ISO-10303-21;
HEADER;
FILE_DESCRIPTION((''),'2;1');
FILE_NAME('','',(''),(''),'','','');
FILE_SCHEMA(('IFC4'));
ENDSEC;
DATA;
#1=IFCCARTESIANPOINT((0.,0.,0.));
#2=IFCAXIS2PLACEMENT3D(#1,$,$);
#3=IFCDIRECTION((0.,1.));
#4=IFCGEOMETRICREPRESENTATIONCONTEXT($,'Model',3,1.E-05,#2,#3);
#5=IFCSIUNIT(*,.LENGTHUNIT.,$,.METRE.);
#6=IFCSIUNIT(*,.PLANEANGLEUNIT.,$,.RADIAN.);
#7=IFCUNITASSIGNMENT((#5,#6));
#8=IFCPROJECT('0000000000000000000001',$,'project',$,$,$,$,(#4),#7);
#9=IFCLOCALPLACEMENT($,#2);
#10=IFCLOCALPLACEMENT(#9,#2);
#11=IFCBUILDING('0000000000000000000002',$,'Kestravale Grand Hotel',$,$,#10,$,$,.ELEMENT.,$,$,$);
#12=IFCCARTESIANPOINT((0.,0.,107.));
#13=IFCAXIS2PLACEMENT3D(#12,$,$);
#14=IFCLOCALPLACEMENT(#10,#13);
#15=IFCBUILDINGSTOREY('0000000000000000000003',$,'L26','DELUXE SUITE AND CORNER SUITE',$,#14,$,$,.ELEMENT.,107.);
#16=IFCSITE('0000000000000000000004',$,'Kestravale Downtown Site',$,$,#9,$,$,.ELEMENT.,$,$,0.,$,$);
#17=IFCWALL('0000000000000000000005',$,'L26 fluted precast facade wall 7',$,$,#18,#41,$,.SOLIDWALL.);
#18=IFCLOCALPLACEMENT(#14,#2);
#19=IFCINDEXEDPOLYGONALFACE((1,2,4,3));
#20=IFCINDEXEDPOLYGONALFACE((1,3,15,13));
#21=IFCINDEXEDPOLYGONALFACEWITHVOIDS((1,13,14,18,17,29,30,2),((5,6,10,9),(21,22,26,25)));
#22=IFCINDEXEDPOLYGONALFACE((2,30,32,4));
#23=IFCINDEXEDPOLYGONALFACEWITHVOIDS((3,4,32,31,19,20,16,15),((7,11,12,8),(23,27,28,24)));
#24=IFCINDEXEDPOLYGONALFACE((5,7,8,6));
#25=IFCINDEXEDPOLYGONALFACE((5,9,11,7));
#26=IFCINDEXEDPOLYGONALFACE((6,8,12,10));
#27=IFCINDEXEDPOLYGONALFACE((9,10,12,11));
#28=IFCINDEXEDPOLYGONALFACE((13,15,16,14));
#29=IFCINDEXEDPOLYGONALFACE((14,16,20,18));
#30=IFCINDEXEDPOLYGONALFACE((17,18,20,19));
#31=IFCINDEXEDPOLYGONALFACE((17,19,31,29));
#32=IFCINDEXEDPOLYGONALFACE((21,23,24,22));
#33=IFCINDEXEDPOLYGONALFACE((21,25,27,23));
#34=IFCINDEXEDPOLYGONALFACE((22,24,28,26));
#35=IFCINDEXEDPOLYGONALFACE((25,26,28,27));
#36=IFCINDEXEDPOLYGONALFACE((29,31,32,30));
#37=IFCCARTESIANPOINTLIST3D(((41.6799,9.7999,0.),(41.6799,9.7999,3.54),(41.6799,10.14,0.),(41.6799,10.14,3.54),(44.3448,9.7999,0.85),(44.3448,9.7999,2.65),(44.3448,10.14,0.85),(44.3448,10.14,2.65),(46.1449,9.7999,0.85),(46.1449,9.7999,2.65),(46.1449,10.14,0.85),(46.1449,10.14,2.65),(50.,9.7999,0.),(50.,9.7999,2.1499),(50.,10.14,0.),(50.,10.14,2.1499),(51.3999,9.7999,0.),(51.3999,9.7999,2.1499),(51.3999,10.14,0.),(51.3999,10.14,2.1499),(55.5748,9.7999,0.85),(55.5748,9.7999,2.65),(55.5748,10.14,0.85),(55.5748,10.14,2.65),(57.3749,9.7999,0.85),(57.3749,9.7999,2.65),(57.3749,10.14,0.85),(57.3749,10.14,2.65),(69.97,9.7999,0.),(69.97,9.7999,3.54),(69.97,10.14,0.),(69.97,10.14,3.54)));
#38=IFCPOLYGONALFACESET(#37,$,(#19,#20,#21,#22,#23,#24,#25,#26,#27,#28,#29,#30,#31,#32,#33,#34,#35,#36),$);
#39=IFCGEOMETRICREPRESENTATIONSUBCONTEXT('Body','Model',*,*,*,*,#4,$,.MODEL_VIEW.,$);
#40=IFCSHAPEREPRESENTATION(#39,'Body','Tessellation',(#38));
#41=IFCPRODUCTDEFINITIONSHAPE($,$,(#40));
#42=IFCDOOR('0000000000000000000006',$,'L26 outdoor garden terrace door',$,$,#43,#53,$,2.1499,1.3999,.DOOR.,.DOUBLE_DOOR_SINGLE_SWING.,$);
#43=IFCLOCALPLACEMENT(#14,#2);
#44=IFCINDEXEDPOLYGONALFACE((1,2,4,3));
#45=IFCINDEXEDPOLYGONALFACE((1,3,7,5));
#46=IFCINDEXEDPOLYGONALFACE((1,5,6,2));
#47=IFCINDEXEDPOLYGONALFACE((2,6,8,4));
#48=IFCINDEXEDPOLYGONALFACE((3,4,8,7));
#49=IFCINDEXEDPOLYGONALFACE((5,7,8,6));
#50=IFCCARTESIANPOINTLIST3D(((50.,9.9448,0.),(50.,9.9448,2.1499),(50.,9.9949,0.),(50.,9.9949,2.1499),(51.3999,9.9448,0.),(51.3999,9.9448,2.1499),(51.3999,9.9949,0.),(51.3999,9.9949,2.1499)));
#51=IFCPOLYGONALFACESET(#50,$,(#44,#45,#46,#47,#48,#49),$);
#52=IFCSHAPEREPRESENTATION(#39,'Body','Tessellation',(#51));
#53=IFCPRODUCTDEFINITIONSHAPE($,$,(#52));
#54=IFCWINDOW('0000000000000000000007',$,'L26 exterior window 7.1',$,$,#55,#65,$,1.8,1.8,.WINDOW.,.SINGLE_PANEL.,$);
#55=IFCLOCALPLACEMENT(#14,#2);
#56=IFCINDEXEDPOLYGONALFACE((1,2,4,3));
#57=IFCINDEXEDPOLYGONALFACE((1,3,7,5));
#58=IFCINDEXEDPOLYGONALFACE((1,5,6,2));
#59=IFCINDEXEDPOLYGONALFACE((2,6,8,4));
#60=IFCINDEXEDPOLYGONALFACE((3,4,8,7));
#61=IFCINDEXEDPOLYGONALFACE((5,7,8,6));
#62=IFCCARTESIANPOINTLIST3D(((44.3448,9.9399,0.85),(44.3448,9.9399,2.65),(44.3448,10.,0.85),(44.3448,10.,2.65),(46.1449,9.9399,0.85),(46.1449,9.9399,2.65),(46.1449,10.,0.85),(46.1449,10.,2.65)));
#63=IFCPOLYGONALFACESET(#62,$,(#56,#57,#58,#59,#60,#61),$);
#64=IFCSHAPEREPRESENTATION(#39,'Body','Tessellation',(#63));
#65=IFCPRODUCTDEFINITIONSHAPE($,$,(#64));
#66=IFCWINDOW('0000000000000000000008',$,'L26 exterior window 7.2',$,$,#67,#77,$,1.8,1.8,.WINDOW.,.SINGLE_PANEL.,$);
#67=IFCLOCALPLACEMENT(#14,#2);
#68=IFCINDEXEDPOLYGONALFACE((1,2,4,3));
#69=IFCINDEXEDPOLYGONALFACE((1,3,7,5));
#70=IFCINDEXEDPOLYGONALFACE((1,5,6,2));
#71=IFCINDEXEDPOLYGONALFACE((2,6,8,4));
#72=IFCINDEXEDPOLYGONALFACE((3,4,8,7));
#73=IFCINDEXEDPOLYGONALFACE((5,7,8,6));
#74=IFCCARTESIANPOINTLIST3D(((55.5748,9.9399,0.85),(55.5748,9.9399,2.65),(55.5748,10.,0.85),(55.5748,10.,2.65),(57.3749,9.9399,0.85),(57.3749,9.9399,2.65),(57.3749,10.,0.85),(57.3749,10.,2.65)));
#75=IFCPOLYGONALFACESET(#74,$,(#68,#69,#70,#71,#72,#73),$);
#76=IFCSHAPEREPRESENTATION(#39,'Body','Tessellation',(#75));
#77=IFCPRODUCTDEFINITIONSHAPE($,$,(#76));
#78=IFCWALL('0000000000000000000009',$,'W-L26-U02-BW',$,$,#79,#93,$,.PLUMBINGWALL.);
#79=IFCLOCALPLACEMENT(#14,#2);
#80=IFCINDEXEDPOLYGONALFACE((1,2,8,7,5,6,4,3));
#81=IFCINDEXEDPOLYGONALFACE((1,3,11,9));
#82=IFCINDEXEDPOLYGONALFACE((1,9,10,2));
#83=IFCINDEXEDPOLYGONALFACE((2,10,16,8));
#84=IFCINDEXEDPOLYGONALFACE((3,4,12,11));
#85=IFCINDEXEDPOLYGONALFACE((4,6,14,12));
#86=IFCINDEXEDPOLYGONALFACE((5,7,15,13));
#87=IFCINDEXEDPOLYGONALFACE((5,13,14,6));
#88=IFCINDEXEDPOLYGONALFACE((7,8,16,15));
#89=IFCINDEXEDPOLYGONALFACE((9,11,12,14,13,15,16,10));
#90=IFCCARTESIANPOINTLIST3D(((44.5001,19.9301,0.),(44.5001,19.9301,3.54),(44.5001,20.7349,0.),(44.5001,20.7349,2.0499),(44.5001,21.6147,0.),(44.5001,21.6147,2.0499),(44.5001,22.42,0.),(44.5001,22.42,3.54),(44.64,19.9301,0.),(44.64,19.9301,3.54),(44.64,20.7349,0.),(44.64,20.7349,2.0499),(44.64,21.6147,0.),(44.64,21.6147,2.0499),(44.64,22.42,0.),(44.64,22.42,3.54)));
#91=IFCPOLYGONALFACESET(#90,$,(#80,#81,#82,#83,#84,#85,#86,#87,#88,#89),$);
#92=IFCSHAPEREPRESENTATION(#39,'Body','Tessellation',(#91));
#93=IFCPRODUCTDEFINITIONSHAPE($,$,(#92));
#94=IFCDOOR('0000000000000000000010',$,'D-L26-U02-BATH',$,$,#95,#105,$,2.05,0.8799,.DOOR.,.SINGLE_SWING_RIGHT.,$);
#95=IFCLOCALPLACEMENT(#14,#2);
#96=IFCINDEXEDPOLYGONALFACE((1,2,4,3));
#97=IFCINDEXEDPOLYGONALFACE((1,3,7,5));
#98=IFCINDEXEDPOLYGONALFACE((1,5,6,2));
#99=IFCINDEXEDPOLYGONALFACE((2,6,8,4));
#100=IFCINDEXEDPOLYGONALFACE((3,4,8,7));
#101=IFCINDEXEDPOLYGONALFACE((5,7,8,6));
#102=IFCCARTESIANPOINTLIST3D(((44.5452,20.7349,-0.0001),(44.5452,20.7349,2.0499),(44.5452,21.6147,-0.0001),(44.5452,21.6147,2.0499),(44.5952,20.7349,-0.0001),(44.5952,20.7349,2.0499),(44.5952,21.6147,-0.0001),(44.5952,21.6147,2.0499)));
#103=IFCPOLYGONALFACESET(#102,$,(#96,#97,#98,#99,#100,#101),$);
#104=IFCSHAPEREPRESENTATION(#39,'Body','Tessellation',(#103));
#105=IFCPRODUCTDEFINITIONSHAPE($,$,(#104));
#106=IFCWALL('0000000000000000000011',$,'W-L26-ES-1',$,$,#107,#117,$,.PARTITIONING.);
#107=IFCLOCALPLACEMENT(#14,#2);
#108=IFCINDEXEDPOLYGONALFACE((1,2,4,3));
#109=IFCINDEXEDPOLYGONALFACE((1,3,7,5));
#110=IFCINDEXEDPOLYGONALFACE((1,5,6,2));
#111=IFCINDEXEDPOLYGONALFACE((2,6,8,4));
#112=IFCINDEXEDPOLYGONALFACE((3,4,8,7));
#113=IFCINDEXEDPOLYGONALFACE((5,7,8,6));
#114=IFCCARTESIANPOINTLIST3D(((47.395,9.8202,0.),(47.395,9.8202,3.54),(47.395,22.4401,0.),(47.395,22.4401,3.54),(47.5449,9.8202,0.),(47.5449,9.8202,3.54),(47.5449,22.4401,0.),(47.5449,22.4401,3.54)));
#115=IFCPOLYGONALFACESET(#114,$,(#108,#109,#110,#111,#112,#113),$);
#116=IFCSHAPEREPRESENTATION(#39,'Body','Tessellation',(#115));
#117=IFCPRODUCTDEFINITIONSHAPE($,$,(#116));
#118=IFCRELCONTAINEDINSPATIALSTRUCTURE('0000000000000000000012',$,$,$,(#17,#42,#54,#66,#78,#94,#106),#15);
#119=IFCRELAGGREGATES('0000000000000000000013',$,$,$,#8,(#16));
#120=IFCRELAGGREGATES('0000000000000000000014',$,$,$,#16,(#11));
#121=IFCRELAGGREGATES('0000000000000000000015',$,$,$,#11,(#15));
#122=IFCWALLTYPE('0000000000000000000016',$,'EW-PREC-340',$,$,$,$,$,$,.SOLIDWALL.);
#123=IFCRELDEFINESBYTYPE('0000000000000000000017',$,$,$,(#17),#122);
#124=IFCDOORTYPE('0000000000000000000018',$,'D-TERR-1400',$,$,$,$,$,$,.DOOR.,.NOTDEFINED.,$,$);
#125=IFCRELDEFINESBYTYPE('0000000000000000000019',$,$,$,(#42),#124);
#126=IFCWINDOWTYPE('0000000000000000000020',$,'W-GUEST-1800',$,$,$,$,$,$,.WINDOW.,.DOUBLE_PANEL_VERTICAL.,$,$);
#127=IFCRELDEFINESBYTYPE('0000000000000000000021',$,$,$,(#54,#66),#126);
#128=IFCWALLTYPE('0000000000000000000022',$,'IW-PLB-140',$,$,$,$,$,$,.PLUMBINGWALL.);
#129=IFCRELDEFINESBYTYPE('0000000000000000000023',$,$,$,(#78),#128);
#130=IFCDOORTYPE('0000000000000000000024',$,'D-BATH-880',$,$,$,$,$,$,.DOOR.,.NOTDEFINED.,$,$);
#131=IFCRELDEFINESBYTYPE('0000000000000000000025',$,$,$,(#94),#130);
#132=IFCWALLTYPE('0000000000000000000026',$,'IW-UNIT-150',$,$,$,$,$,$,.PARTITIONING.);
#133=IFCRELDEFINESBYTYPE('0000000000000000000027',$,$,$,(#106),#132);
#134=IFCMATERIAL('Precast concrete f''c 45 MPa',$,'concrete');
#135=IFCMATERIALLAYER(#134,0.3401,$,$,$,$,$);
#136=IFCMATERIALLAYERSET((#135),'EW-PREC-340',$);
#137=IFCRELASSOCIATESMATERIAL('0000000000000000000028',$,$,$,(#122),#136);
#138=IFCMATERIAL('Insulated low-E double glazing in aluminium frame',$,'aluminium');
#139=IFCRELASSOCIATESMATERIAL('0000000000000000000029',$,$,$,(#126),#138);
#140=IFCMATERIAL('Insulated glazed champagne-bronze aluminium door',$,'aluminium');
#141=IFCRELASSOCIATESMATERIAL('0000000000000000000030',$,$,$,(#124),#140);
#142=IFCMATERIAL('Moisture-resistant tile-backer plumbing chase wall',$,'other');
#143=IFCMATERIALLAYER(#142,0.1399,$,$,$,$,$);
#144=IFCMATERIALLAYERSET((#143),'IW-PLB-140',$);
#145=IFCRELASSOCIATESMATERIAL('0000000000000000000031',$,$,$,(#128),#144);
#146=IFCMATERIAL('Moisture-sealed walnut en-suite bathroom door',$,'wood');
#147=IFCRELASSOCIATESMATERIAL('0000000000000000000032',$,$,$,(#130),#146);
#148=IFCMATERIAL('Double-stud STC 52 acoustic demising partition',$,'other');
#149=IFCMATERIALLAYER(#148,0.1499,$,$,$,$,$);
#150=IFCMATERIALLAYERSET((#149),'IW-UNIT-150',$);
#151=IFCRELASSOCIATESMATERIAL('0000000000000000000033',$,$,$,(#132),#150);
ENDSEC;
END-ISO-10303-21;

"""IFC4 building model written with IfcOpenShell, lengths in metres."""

from ifc_helpers import new_model, si_unit, direction, frame, frame_2d, origin, place, context, subcontext, project, spatial, rectangle, extrude, material, layer, layer_set, type_object, element, fill, save


model = new_model("IFC4")

# Units and contexts
model_context = context("Model", 3, precision=1e-05, world=origin(), true_north=direction((0.0, 1.0)))
body_context = subcontext(model_context, "Body", "Model", "MODEL_VIEW")
ifc_project = project(units=[si_unit("LENGTHUNIT", "METRE"), si_unit("PLANEANGLEUNIT", "RADIAN")], contexts=[model_context])

# Site, building, storey
site_placement = place(None, origin())
site = spatial("IfcSite", under=ifc_project, at=site_placement, Name="Kestravale Downtown Site", CompositionType="ELEMENT", RefElevation=0.0)
building_placement = place(site_placement, origin())
building = spatial("IfcBuilding", under=site, at=building_placement, Name="Kestravale Grand Hotel", CompositionType="ELEMENT")
storey_placement = place(building_placement, frame((0.0, 0.0, 107.0)))
storey = spatial("IfcBuildingStorey", under=building, at=storey_placement, Name="L26", Description="DELUXE SUITE AND CORNER SUITE", CompositionType="ELEMENT", Elevation=107.0)

# Shared definitions
ifc_material_1 = material(Name="Precast concrete f'c 45 MPa", Category="concrete")
ifc_layer_1 = layer(ifc_material_1, 0.3401)
ifc_layer_set_1 = layer_set([ifc_layer_1], Name="EW-PREC-340")
wall_type_1 = type_object("IfcWallType", Name="EW-PREC-340", PredefinedType="SOLIDWALL", material=ifc_layer_set_1)
ifc_material_2 = material(Name="Insulated low-E double glazing in aluminium frame", Category="aluminium")
window_type = type_object("IfcWindowType", Name="W-GUEST-1800", PartitioningType="DOUBLE_PANEL_VERTICAL", PredefinedType="WINDOW", material=ifc_material_2)

# Wall, openings, door, windows
wall_1_placement = place(storey_placement, frame((41.6799, 9.97, 0.0), z_axis=(0.0, 0.0, 1.0), x_axis=(1.0, 0.0, 0.0)))
wall_1 = element("IfcWall", 1, at=wall_1_placement, inside=storey, type_object=wall_type_1, Name="L26 fluted precast facade wall 7", PredefinedType="SOLIDWALL", context=body_context, shape_type="SweptSolid", body=[
    extrude(rectangle(XDim=28.29, YDim=0.3401, at=frame_2d((14.145, 0.0))), origin(), (0.0, 0.0, 1.0), 3.54),
])
opening_1_placement = place(wall_1_placement, frame((8.3201, 0.0, 0.0)))
opening_1 = element("IfcOpeningElement", 2, at=opening_1_placement, cuts=wall_1, PredefinedType="OPENING", context=body_context, shape_type="SweptSolid", body=[
    extrude(rectangle(XDim=1.3999, YDim=2.1499, at=frame_2d((0.7, 1.075))), frame((0.0, 0.1799, 0.0), z_axis=(0.0, -1.0, 0.0), x_axis=(1.0, 0.0, 0.0)), (0.0, 0.0, 1.0), 0.3601),
])
opening_2_placement = place(wall_1_placement, frame((2.665, 0.0, 0.8501)))
opening_2 = element("IfcOpeningElement", 3, at=opening_2_placement, cuts=wall_1, PredefinedType="OPENING", context=body_context, shape_type="SweptSolid", body=[
    extrude(rectangle(XDim=1.8, YDim=1.8, at=frame_2d((0.8999, 0.8999))), frame((0.0, 0.1799, 0.0), z_axis=(0.0, -1.0, 0.0), x_axis=(1.0, 0.0, 0.0)), (0.0, 0.0, 1.0), 0.3601),
])
opening_3_placement = place(wall_1_placement, frame((13.895, 0.0, 0.8501)))
opening_3 = element("IfcOpeningElement", 4, at=opening_3_placement, cuts=wall_1, PredefinedType="OPENING", context=body_context, shape_type="SweptSolid", body=[
    extrude(rectangle(XDim=1.8, YDim=1.8, at=frame_2d((0.8999, 0.8999))), frame((0.0, 0.1799, 0.0), z_axis=(0.0, -1.0, 0.0), x_axis=(1.0, 0.0, 0.0)), (0.0, 0.0, 1.0), 0.3601),
])
ifc_material_3 = material(Name="Insulated glazed champagne-bronze aluminium door", Category="aluminium")
door_type_1 = type_object("IfcDoorType", Name="D-TERR-1400", OperationType="NOTDEFINED", PredefinedType="DOOR", material=ifc_material_3)
door_1_placement = place(opening_1_placement, origin())
door_1 = element("IfcDoor", 5, at=door_1_placement, inside=storey, type_object=door_type_1, Name="L26 outdoor garden terrace door", OperationType="DOUBLE_DOOR_SINGLE_SWING", OverallHeight=2.1499, OverallWidth=1.3999, PredefinedType="DOOR", context=body_context, shape_type="SweptSolid", body=[
    extrude(rectangle(XDim=1.3999, YDim=2.1499, at=frame_2d((0.7, 1.075))), frame((0.0, 0.0249, 0.0), z_axis=(0.0, -1.0, 0.0), x_axis=(1.0, 0.0, 0.0)), (0.0, 0.0, 1.0), 0.05),
])
fill(opening_1, door_1)
window_1_placement = place(opening_2_placement, origin())
window_1 = element("IfcWindow", 6, at=window_1_placement, inside=storey, type_object=window_type, Name="L26 exterior window 7.1", OverallHeight=1.8, OverallWidth=1.8, PartitioningType="SINGLE_PANEL", PredefinedType="WINDOW", context=body_context, shape_type="SweptSolid", body=[
    extrude(rectangle(XDim=1.8, YDim=1.8, at=frame_2d((0.8999, 0.8999))), frame((0.0, 0.03, 0.0), z_axis=(0.0, -1.0, 0.0), x_axis=(1.0, 0.0, 0.0)), (0.0, 0.0, 1.0), 0.0601),
])
fill(opening_2, window_1)
window_2_placement = place(opening_3_placement, origin())
window_2 = element("IfcWindow", 7, at=window_2_placement, inside=storey, type_object=window_type, Name="L26 exterior window 7.2", OverallHeight=1.8, OverallWidth=1.8, PartitioningType="SINGLE_PANEL", PredefinedType="WINDOW", context=body_context, shape_type="SweptSolid", body=[
    extrude(rectangle(XDim=1.8, YDim=1.8, at=frame_2d((0.8999, 0.8999))), frame((0.0, 0.03, 0.0), z_axis=(0.0, -1.0, 0.0), x_axis=(1.0, 0.0, 0.0)), (0.0, 0.0, 1.0), 0.0601),
])
fill(opening_3, window_2)

# Wall, opening, door
ifc_material_4 = material(Name="Moisture-resistant tile-backer plumbing chase wall", Category="other")
ifc_layer_2 = layer(ifc_material_4, 0.1399)
ifc_layer_set_2 = layer_set([ifc_layer_2], Name="IW-PLB-140")
wall_type_2 = type_object("IfcWallType", Name="IW-PLB-140", PredefinedType="PLUMBINGWALL", material=ifc_layer_set_2)
wall_2_placement = place(storey_placement, frame((44.5701, 19.9299, 0.0), z_axis=(0.0, 0.0, 1.0), x_axis=(0.0, 1.0, 0.0)))
wall_2 = element("IfcWall", 8, at=wall_2_placement, inside=storey, type_object=wall_type_2, Name="W-L26-U02-BW", PredefinedType="PLUMBINGWALL", context=body_context, shape_type="SweptSolid", body=[
    extrude(rectangle(XDim=2.49, YDim=0.1399, at=frame_2d((1.2451, 0.0))), origin(), (0.0, 0.0, 1.0), 3.54),
])
opening_4_placement = place(wall_2_placement, frame((0.8049, 0.0, 0.0)))
opening_4 = element("IfcOpeningElement", 9, at=opening_4_placement, cuts=wall_2, PredefinedType="OPENING", context=body_context, shape_type="SweptSolid", body=[
    extrude(rectangle(XDim=0.8799, YDim=2.05, at=frame_2d((0.4399, 1.0249))), frame((0.0, 0.0798, 0.0), z_axis=(0.0, -1.0, 0.0), x_axis=(1.0, 0.0, 0.0)), (0.0, 0.0, 1.0), 0.1599),
])
ifc_material_5 = material(Name="Moisture-sealed walnut en-suite bathroom door", Category="wood")
door_type_2 = type_object("IfcDoorType", Name="D-BATH-880", OperationType="NOTDEFINED", PredefinedType="DOOR", material=ifc_material_5)
door_2_placement = place(opening_4_placement, origin())
door_2 = element("IfcDoor", 10, at=door_2_placement, inside=storey, type_object=door_type_2, Name="D-L26-U02-BATH", OperationType="SINGLE_SWING_RIGHT", OverallHeight=2.05, OverallWidth=0.8799, PredefinedType="DOOR", context=body_context, shape_type="SweptSolid", body=[
    extrude(rectangle(XDim=0.8799, YDim=2.05, at=frame_2d((0.4399, 1.0249))), frame((0.0, 0.0249, 0.0), z_axis=(0.0, -1.0, 0.0), x_axis=(1.0, 0.0, 0.0)), (0.0, 0.0, 1.0), 0.05),
])
fill(opening_4, door_2)

# Wall
ifc_material_6 = material(Name="Double-stud STC 52 acoustic demising partition", Category="other")
ifc_layer_3 = layer(ifc_material_6, 0.1499)
ifc_layer_set_3 = layer_set([ifc_layer_3], Name="IW-UNIT-150")
wall_type_3 = type_object("IfcWallType", Name="IW-UNIT-150", PredefinedType="PARTITIONING", material=ifc_layer_set_3)
wall_3_placement = place(storey_placement, frame((47.47, 9.8201, 0.0), z_axis=(0.0, 0.0, 1.0), x_axis=(0.0, 1.0, 0.0)))
element("IfcWall", 11, at=wall_3_placement, inside=storey, type_object=wall_type_3, Name="W-L26-ES-1", PredefinedType="PARTITIONING", context=body_context, shape_type="SweptSolid", body=[
    extrude(rectangle(XDim=12.6199, YDim=0.1499, at=frame_2d((6.3101, 0.0))), origin(), (0.0, 0.0, 1.0), 3.54),
])

save(model, "model.ifc")
